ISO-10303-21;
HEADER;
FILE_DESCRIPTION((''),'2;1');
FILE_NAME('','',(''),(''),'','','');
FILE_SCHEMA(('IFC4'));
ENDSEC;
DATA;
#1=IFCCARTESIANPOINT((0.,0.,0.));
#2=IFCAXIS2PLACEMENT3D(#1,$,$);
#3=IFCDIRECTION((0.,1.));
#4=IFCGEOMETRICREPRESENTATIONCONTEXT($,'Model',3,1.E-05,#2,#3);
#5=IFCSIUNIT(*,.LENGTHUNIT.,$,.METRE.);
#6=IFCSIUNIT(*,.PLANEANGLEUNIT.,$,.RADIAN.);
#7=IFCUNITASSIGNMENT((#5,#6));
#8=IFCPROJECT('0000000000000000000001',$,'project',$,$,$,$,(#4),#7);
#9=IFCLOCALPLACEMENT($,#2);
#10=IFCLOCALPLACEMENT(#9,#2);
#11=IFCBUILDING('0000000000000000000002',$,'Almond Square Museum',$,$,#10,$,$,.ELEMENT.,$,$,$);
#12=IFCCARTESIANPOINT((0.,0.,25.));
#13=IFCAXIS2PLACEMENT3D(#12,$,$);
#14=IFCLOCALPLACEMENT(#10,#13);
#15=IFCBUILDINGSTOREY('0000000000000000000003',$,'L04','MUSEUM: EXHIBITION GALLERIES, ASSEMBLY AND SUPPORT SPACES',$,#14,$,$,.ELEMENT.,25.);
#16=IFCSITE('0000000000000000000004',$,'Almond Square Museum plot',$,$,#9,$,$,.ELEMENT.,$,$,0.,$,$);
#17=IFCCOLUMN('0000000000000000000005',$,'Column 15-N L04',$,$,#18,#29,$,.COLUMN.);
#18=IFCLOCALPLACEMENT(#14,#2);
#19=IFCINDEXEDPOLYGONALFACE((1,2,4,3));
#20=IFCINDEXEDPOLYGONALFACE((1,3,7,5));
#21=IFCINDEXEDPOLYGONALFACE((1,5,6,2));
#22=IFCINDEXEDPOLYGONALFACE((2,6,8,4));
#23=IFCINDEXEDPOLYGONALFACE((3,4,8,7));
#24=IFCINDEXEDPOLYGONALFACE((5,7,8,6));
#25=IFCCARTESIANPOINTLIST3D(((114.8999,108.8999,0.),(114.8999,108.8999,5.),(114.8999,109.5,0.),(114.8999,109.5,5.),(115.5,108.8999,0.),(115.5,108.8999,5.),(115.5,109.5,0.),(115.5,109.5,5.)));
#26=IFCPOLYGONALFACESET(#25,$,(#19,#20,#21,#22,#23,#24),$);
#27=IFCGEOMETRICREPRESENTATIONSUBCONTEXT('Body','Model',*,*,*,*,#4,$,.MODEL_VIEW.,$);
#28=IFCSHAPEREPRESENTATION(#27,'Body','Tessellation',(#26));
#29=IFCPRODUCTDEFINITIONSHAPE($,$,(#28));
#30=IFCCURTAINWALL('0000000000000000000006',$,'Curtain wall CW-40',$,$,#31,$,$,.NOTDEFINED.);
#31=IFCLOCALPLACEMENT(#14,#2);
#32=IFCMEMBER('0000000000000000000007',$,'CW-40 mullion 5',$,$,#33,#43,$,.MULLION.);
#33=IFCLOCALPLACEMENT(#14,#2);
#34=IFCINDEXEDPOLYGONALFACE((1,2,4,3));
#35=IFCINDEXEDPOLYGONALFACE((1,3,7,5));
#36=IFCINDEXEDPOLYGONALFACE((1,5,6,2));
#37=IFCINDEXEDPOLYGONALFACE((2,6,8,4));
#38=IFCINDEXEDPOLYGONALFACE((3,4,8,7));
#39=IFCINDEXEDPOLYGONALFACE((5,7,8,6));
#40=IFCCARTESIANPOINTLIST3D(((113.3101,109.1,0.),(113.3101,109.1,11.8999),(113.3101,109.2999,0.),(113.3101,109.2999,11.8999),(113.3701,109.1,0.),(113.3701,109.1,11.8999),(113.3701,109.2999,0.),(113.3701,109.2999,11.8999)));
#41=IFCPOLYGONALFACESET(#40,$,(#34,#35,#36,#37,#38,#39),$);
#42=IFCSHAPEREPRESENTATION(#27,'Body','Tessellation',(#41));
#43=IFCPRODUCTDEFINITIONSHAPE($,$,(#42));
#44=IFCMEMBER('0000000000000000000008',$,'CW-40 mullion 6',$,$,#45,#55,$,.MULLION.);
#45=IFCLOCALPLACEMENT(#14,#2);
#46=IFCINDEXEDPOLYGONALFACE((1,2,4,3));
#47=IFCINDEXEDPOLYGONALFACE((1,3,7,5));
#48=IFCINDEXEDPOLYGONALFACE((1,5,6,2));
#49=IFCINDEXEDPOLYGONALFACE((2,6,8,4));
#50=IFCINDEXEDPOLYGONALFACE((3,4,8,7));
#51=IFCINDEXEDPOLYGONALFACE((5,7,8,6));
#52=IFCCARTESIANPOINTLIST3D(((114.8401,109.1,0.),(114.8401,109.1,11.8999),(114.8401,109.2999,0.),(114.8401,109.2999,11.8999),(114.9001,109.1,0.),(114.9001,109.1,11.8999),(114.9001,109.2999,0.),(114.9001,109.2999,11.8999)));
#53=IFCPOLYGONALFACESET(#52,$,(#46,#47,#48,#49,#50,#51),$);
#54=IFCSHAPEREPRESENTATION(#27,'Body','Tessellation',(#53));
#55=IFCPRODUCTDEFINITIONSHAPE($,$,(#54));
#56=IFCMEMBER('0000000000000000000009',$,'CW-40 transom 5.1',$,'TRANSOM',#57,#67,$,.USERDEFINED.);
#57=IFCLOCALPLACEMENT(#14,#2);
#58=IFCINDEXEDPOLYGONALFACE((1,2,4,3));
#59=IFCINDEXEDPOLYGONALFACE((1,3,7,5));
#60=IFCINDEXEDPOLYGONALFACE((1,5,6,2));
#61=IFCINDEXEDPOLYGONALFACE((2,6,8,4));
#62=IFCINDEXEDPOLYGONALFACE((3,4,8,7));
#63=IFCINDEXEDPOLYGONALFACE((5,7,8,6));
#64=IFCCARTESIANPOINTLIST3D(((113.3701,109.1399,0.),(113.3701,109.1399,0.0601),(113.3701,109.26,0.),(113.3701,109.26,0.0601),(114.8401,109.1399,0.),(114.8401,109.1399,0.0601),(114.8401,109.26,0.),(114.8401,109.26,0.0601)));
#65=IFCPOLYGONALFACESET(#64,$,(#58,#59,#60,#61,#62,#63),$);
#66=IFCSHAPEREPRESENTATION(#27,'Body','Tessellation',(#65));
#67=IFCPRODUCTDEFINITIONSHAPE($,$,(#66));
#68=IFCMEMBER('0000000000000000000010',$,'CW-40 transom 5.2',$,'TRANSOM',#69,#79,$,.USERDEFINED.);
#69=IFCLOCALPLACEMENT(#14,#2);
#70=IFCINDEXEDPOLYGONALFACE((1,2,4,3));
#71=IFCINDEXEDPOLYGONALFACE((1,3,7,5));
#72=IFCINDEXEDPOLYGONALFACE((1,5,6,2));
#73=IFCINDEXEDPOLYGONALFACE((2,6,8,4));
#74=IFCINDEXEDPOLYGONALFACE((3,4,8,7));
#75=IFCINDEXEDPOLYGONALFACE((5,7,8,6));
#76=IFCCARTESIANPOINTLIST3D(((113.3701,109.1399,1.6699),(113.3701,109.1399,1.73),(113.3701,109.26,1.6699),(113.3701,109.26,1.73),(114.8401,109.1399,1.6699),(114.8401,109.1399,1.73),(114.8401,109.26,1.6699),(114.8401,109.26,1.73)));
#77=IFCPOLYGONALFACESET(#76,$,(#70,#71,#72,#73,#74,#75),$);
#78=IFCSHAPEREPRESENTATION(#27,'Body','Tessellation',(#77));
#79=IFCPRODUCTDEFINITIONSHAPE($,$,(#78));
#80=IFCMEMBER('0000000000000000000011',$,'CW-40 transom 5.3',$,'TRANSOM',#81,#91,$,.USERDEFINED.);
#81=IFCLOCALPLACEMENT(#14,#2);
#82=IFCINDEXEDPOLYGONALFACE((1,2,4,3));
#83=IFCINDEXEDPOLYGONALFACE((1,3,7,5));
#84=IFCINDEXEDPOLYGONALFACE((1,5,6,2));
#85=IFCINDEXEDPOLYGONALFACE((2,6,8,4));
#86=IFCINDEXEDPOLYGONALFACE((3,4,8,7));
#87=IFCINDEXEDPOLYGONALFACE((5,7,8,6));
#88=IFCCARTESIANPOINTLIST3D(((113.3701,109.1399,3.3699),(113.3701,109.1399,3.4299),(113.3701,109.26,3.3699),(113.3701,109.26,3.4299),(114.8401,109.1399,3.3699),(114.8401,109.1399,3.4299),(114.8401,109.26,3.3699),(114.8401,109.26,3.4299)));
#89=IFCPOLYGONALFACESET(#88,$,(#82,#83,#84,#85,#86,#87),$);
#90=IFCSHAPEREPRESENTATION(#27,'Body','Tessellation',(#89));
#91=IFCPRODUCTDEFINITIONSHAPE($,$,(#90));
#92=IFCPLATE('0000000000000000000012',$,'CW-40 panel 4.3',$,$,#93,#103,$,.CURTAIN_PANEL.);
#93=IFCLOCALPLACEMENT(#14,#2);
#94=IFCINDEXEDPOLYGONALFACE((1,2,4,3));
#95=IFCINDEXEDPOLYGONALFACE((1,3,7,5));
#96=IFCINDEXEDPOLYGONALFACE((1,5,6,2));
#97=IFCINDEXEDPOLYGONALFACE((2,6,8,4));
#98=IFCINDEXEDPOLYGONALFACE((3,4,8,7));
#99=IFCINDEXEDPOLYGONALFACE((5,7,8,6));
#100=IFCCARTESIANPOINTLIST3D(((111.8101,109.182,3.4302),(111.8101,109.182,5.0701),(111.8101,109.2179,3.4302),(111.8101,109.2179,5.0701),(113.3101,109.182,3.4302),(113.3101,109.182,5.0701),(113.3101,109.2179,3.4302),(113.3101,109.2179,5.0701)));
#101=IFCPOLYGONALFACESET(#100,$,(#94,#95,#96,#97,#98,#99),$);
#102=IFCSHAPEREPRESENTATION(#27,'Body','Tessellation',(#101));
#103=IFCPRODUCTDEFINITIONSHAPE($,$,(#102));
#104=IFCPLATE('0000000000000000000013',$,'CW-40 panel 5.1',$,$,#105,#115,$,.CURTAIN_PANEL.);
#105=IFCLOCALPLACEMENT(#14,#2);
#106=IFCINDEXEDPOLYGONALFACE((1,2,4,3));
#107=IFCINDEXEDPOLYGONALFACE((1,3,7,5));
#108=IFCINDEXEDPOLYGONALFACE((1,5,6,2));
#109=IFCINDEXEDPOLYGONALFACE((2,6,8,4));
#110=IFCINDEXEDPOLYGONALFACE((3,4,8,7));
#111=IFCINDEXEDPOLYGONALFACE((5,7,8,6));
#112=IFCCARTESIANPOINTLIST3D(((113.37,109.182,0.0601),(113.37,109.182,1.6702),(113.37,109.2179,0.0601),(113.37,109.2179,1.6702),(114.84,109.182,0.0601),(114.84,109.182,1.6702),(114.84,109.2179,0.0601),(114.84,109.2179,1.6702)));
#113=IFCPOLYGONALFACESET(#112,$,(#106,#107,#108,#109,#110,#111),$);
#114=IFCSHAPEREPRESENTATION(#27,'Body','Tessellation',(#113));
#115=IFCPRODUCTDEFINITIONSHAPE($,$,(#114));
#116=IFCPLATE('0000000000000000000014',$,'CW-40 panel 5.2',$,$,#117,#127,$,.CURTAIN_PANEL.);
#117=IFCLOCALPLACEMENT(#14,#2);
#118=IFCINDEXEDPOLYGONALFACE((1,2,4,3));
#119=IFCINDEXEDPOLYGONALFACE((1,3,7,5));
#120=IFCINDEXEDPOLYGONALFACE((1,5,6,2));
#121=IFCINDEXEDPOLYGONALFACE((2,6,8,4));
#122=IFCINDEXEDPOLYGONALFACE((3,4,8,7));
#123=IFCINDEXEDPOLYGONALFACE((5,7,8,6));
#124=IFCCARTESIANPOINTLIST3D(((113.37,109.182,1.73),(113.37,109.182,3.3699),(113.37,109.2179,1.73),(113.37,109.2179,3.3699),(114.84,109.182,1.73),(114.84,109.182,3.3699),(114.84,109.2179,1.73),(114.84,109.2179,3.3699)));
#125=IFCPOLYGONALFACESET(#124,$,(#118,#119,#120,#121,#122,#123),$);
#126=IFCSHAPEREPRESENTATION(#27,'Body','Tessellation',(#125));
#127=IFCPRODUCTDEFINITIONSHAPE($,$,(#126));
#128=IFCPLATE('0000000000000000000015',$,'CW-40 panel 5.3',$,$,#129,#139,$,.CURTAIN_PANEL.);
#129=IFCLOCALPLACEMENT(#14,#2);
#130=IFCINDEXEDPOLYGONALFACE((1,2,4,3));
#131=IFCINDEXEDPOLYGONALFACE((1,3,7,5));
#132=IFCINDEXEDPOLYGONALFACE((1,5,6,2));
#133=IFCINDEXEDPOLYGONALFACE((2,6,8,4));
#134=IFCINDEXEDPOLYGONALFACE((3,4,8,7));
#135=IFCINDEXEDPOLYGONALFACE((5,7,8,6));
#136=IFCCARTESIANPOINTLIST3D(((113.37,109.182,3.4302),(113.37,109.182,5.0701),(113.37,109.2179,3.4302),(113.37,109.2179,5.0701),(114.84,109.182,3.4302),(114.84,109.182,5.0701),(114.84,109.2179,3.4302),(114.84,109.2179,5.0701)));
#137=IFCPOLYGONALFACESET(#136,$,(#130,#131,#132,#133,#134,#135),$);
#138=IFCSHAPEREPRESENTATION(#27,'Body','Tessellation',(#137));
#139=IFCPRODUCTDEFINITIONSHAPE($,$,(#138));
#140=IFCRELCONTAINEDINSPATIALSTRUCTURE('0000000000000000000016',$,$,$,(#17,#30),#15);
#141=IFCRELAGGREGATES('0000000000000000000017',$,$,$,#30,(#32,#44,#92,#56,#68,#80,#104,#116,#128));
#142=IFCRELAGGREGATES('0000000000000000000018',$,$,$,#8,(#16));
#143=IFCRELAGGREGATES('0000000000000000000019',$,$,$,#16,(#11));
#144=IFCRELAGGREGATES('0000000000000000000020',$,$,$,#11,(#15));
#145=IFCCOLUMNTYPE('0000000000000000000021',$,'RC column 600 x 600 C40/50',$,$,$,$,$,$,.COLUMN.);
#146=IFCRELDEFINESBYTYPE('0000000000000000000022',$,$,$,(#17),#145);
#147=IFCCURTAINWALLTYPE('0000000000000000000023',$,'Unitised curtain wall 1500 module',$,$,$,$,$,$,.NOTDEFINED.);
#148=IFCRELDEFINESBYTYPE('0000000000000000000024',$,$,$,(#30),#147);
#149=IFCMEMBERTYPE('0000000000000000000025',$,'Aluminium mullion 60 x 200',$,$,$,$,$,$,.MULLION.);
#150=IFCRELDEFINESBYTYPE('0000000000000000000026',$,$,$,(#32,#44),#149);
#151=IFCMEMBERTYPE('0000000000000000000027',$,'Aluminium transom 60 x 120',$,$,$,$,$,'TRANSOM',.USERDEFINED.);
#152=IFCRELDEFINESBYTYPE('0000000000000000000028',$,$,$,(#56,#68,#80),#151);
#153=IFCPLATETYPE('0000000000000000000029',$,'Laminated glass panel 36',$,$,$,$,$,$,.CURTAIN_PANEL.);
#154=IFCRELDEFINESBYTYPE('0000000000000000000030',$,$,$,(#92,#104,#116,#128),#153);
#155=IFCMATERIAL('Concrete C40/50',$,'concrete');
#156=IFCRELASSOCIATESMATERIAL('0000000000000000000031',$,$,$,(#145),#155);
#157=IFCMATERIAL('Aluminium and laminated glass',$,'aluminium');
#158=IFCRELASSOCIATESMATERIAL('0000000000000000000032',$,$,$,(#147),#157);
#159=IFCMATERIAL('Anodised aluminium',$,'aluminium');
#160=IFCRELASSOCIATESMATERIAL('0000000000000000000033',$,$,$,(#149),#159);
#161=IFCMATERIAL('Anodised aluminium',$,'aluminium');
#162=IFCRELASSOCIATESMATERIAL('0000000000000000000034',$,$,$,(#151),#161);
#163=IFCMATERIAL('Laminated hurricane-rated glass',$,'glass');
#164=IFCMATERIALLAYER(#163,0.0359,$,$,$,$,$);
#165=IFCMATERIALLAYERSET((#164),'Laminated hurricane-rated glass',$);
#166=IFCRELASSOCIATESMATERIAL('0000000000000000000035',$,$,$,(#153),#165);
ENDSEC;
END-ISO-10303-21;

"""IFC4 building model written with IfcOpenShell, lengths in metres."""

from ifc_helpers import new_model, si_unit, direction, frame, origin, origin_2d, place, context, subcontext, project, spatial, rectangle, extrude, material, layer, layer_set, material_profile, profile_set, type_object, element, aggregate, save


model = new_model("IFC4")

# Units and contexts
model_context = context("Model", 3, precision=1e-05, world=origin(), true_north=direction((0.0, 1.0)))
body_context = subcontext(model_context, "Body", "Model", "MODEL_VIEW")
ifc_project = project(units=[si_unit("LENGTHUNIT", "METRE"), si_unit("PLANEANGLEUNIT", "RADIAN")], contexts=[model_context])

# Site, building, storey
site_placement = place(None, origin())
site = spatial("IfcSite", under=ifc_project, at=site_placement, Name="Almond Square Museum plot", CompositionType="ELEMENT", RefElevation=0.0)
building_placement = place(site_placement, origin())
building = spatial("IfcBuilding", under=site, at=building_placement, Name="Almond Square Museum", CompositionType="ELEMENT")
storey_placement = place(building_placement, frame((0.0, 0.0, 25.0)))
storey = spatial("IfcBuildingStorey", under=building, at=storey_placement, Name="L04", Description="MUSEUM: EXHIBITION GALLERIES, ASSEMBLY AND SUPPORT SPACES", CompositionType="ELEMENT", Elevation=25.0)

# Column
ifc_material_1 = material(Name="Concrete C40/50", Category="concrete")
ifc_material_profile_1 = material_profile(ifc_material_1, rectangle(XDim=0.6001, YDim=0.6001, at=origin_2d()))
ifc_profile_set_1 = profile_set([ifc_material_profile_1], Name="Concrete C40/50")
column_type = type_object("IfcColumnType", Name="RC column 600 x 600 C40/50", PredefinedType="COLUMN", material=ifc_profile_set_1)
column_placement = place(storey_placement, frame((115.2, 109.2, 0.0), z_axis=(0.0, 0.0, 1.0), x_axis=(1.0, 0.0, 0.0)))
element("IfcColumn", 1, at=column_placement, inside=storey, type_object=column_type, Name="Column 15-N L04", PredefinedType="COLUMN", context=body_context, shape_type="SweptSolid", body=[
    extrude(rectangle(XDim=0.6001, YDim=0.6001, at=origin_2d()), origin(), (0.0, 0.0, 1.0), 5.0),
])

# Curtain wall, members, plates
ifc_material_2 = material(Name="Aluminium and laminated glass", Category="aluminium")
curtain_wall_type = type_object("IfcCurtainWallType", Name="Unitised curtain wall 1500 module", PredefinedType="NOTDEFINED", material=ifc_material_2)
curtain_wall_placement = place(storey_placement, origin())
curtain_wall = element("IfcCurtainWall", 2, at=curtain_wall_placement, inside=storey, type_object=curtain_wall_type, Name="Curtain wall CW-40", PredefinedType="NOTDEFINED")
ifc_material_3 = material(Name="Anodised aluminium", Category="aluminium")
ifc_material_profile_2 = material_profile(ifc_material_3, rectangle(XDim=0.2, YDim=0.0601, at=origin_2d()))
ifc_profile_set_2 = profile_set([ifc_material_profile_2], Name="Anodised aluminium")
member_type_1 = type_object("IfcMemberType", Name="Aluminium mullion 60 x 200", PredefinedType="MULLION", material=ifc_profile_set_2)
member_1_placement = place(storey_placement, frame((113.3401, 109.2, 0.0), z_axis=(0.0, 0.0, 1.0), x_axis=(0.0, 1.0, 0.0)))
member_1 = element("IfcMember", 3, at=member_1_placement, type_object=member_type_1, Name="CW-40 mullion 5", PredefinedType="MULLION", context=body_context, shape_type="SweptSolid", body=[
    extrude(rectangle(XDim=0.2, YDim=0.0601, at=origin_2d()), origin(), (0.0, 0.0, 1.0), 11.8999),
])
member_2_placement = place(storey_placement, frame((114.8701, 109.2, 0.0), z_axis=(0.0, 0.0, 1.0), x_axis=(0.0, 1.0, 0.0)))
member_2 = element("IfcMember", 4, at=member_2_placement, type_object=member_type_1, Name="CW-40 mullion 6", PredefinedType="MULLION", context=body_context, shape_type="SweptSolid", body=[
    extrude(rectangle(XDim=0.2, YDim=0.0601, at=origin_2d()), origin(), (0.0, 0.0, 1.0), 11.8999),
])
ifc_material_4 = material(Name="Anodised aluminium", Category="aluminium")
ifc_material_profile_3 = material_profile(ifc_material_4, rectangle(XDim=0.1201, YDim=0.0601, at=origin_2d()))
ifc_profile_set_3 = profile_set([ifc_material_profile_3], Name="Anodised aluminium")
member_type_2 = type_object("IfcMemberType", Name="Aluminium transom 60 x 120", ElementType="TRANSOM", PredefinedType="USERDEFINED", material=ifc_profile_set_3)
member_3_placement = place(storey_placement, frame((113.3701, 109.2, 0.03), z_axis=(1.0, 0.0, 0.0), x_axis=(0.0, 1.0, 0.0)))
member_3 = element("IfcMember", 5, at=member_3_placement, type_object=member_type_2, Name="CW-40 transom 5.1", ObjectType="TRANSOM", PredefinedType="USERDEFINED", context=body_context, shape_type="SweptSolid", body=[
    extrude(rectangle(XDim=0.1201, YDim=0.0601, at=origin_2d()), origin(), (0.0, 0.0, 1.0), 1.47),
])
member_4_placement = place(storey_placement, frame((113.3701, 109.2, 1.7), z_axis=(1.0, 0.0, 0.0), x_axis=(0.0, 1.0, 0.0)))
member_4 = element("IfcMember", 6, at=member_4_placement, type_object=member_type_2, Name="CW-40 transom 5.2", ObjectType="TRANSOM", PredefinedType="USERDEFINED", context=body_context, shape_type="SweptSolid", body=[
    extrude(rectangle(XDim=0.1201, YDim=0.0601, at=origin_2d()), origin(), (0.0, 0.0, 1.0), 1.47),
])
member_5_placement = place(storey_placement, frame((113.3701, 109.2, 3.3999), z_axis=(1.0, 0.0, 0.0), x_axis=(0.0, 1.0, 0.0)))
member_5 = element("IfcMember", 7, at=member_5_placement, type_object=member_type_2, Name="CW-40 transom 5.3", ObjectType="TRANSOM", PredefinedType="USERDEFINED", context=body_context, shape_type="SweptSolid", body=[
    extrude(rectangle(XDim=0.1201, YDim=0.0601, at=origin_2d()), origin(), (0.0, 0.0, 1.0), 1.47),
])
ifc_material_5 = material(Name="Laminated hurricane-rated glass", Category="glass")
ifc_layer_1 = layer(ifc_material_5, 0.0359)
ifc_layer_set_1 = layer_set([ifc_layer_1], Name="Laminated hurricane-rated glass")
plate_type = type_object("IfcPlateType", Name="Laminated glass panel 36", PredefinedType="CURTAIN_PANEL", material=ifc_layer_set_1)
plate_1_placement = place(storey_placement, frame((112.5601, 109.2, 3.4302), z_axis=(0.0, 0.0, 1.0), x_axis=(1.0, 0.0, 0.0)))
plate_1 = element("IfcPlate", 8, at=plate_1_placement, type_object=plate_type, Name="CW-40 panel 4.3", PredefinedType="CURTAIN_PANEL", context=body_context, shape_type="SweptSolid", body=[
    extrude(rectangle(XDim=1.5, YDim=0.0359, at=origin_2d()), origin(), (0.0, 0.0, 1.0), 1.6399),
])
plate_2_placement = place(storey_placement, frame((114.105, 109.2, 0.0601), z_axis=(0.0, 0.0, 1.0), x_axis=(1.0, 0.0, 0.0)))
plate_2 = element("IfcPlate", 9, at=plate_2_placement, type_object=plate_type, Name="CW-40 panel 5.1", PredefinedType="CURTAIN_PANEL", context=body_context, shape_type="SweptSolid", body=[
    extrude(rectangle(XDim=1.47, YDim=0.0359, at=origin_2d()), origin(), (0.0, 0.0, 1.0), 1.6101),
])
plate_3_placement = place(storey_placement, frame((114.105, 109.2, 1.73), z_axis=(0.0, 0.0, 1.0), x_axis=(1.0, 0.0, 0.0)))
plate_3 = element("IfcPlate", 10, at=plate_3_placement, type_object=plate_type, Name="CW-40 panel 5.2", PredefinedType="CURTAIN_PANEL", context=body_context, shape_type="SweptSolid", body=[
    extrude(rectangle(XDim=1.47, YDim=0.0359, at=origin_2d()), origin(), (0.0, 0.0, 1.0), 1.6399),
])
plate_4_placement = place(storey_placement, frame((114.105, 109.2, 3.4302), z_axis=(0.0, 0.0, 1.0), x_axis=(1.0, 0.0, 0.0)))
plate_4 = element("IfcPlate", 11, at=plate_4_placement, type_object=plate_type, Name="CW-40 panel 5.3", PredefinedType="CURTAIN_PANEL", context=body_context, shape_type="SweptSolid", body=[
    extrude(rectangle(XDim=1.47, YDim=0.0359, at=origin_2d()), origin(), (0.0, 0.0, 1.0), 1.6399),
])
aggregate(curtain_wall, [member_1, member_2, plate_1, member_3, member_4, member_5, plate_2, plate_3, plate_4])

save(model, "model.ifc")
